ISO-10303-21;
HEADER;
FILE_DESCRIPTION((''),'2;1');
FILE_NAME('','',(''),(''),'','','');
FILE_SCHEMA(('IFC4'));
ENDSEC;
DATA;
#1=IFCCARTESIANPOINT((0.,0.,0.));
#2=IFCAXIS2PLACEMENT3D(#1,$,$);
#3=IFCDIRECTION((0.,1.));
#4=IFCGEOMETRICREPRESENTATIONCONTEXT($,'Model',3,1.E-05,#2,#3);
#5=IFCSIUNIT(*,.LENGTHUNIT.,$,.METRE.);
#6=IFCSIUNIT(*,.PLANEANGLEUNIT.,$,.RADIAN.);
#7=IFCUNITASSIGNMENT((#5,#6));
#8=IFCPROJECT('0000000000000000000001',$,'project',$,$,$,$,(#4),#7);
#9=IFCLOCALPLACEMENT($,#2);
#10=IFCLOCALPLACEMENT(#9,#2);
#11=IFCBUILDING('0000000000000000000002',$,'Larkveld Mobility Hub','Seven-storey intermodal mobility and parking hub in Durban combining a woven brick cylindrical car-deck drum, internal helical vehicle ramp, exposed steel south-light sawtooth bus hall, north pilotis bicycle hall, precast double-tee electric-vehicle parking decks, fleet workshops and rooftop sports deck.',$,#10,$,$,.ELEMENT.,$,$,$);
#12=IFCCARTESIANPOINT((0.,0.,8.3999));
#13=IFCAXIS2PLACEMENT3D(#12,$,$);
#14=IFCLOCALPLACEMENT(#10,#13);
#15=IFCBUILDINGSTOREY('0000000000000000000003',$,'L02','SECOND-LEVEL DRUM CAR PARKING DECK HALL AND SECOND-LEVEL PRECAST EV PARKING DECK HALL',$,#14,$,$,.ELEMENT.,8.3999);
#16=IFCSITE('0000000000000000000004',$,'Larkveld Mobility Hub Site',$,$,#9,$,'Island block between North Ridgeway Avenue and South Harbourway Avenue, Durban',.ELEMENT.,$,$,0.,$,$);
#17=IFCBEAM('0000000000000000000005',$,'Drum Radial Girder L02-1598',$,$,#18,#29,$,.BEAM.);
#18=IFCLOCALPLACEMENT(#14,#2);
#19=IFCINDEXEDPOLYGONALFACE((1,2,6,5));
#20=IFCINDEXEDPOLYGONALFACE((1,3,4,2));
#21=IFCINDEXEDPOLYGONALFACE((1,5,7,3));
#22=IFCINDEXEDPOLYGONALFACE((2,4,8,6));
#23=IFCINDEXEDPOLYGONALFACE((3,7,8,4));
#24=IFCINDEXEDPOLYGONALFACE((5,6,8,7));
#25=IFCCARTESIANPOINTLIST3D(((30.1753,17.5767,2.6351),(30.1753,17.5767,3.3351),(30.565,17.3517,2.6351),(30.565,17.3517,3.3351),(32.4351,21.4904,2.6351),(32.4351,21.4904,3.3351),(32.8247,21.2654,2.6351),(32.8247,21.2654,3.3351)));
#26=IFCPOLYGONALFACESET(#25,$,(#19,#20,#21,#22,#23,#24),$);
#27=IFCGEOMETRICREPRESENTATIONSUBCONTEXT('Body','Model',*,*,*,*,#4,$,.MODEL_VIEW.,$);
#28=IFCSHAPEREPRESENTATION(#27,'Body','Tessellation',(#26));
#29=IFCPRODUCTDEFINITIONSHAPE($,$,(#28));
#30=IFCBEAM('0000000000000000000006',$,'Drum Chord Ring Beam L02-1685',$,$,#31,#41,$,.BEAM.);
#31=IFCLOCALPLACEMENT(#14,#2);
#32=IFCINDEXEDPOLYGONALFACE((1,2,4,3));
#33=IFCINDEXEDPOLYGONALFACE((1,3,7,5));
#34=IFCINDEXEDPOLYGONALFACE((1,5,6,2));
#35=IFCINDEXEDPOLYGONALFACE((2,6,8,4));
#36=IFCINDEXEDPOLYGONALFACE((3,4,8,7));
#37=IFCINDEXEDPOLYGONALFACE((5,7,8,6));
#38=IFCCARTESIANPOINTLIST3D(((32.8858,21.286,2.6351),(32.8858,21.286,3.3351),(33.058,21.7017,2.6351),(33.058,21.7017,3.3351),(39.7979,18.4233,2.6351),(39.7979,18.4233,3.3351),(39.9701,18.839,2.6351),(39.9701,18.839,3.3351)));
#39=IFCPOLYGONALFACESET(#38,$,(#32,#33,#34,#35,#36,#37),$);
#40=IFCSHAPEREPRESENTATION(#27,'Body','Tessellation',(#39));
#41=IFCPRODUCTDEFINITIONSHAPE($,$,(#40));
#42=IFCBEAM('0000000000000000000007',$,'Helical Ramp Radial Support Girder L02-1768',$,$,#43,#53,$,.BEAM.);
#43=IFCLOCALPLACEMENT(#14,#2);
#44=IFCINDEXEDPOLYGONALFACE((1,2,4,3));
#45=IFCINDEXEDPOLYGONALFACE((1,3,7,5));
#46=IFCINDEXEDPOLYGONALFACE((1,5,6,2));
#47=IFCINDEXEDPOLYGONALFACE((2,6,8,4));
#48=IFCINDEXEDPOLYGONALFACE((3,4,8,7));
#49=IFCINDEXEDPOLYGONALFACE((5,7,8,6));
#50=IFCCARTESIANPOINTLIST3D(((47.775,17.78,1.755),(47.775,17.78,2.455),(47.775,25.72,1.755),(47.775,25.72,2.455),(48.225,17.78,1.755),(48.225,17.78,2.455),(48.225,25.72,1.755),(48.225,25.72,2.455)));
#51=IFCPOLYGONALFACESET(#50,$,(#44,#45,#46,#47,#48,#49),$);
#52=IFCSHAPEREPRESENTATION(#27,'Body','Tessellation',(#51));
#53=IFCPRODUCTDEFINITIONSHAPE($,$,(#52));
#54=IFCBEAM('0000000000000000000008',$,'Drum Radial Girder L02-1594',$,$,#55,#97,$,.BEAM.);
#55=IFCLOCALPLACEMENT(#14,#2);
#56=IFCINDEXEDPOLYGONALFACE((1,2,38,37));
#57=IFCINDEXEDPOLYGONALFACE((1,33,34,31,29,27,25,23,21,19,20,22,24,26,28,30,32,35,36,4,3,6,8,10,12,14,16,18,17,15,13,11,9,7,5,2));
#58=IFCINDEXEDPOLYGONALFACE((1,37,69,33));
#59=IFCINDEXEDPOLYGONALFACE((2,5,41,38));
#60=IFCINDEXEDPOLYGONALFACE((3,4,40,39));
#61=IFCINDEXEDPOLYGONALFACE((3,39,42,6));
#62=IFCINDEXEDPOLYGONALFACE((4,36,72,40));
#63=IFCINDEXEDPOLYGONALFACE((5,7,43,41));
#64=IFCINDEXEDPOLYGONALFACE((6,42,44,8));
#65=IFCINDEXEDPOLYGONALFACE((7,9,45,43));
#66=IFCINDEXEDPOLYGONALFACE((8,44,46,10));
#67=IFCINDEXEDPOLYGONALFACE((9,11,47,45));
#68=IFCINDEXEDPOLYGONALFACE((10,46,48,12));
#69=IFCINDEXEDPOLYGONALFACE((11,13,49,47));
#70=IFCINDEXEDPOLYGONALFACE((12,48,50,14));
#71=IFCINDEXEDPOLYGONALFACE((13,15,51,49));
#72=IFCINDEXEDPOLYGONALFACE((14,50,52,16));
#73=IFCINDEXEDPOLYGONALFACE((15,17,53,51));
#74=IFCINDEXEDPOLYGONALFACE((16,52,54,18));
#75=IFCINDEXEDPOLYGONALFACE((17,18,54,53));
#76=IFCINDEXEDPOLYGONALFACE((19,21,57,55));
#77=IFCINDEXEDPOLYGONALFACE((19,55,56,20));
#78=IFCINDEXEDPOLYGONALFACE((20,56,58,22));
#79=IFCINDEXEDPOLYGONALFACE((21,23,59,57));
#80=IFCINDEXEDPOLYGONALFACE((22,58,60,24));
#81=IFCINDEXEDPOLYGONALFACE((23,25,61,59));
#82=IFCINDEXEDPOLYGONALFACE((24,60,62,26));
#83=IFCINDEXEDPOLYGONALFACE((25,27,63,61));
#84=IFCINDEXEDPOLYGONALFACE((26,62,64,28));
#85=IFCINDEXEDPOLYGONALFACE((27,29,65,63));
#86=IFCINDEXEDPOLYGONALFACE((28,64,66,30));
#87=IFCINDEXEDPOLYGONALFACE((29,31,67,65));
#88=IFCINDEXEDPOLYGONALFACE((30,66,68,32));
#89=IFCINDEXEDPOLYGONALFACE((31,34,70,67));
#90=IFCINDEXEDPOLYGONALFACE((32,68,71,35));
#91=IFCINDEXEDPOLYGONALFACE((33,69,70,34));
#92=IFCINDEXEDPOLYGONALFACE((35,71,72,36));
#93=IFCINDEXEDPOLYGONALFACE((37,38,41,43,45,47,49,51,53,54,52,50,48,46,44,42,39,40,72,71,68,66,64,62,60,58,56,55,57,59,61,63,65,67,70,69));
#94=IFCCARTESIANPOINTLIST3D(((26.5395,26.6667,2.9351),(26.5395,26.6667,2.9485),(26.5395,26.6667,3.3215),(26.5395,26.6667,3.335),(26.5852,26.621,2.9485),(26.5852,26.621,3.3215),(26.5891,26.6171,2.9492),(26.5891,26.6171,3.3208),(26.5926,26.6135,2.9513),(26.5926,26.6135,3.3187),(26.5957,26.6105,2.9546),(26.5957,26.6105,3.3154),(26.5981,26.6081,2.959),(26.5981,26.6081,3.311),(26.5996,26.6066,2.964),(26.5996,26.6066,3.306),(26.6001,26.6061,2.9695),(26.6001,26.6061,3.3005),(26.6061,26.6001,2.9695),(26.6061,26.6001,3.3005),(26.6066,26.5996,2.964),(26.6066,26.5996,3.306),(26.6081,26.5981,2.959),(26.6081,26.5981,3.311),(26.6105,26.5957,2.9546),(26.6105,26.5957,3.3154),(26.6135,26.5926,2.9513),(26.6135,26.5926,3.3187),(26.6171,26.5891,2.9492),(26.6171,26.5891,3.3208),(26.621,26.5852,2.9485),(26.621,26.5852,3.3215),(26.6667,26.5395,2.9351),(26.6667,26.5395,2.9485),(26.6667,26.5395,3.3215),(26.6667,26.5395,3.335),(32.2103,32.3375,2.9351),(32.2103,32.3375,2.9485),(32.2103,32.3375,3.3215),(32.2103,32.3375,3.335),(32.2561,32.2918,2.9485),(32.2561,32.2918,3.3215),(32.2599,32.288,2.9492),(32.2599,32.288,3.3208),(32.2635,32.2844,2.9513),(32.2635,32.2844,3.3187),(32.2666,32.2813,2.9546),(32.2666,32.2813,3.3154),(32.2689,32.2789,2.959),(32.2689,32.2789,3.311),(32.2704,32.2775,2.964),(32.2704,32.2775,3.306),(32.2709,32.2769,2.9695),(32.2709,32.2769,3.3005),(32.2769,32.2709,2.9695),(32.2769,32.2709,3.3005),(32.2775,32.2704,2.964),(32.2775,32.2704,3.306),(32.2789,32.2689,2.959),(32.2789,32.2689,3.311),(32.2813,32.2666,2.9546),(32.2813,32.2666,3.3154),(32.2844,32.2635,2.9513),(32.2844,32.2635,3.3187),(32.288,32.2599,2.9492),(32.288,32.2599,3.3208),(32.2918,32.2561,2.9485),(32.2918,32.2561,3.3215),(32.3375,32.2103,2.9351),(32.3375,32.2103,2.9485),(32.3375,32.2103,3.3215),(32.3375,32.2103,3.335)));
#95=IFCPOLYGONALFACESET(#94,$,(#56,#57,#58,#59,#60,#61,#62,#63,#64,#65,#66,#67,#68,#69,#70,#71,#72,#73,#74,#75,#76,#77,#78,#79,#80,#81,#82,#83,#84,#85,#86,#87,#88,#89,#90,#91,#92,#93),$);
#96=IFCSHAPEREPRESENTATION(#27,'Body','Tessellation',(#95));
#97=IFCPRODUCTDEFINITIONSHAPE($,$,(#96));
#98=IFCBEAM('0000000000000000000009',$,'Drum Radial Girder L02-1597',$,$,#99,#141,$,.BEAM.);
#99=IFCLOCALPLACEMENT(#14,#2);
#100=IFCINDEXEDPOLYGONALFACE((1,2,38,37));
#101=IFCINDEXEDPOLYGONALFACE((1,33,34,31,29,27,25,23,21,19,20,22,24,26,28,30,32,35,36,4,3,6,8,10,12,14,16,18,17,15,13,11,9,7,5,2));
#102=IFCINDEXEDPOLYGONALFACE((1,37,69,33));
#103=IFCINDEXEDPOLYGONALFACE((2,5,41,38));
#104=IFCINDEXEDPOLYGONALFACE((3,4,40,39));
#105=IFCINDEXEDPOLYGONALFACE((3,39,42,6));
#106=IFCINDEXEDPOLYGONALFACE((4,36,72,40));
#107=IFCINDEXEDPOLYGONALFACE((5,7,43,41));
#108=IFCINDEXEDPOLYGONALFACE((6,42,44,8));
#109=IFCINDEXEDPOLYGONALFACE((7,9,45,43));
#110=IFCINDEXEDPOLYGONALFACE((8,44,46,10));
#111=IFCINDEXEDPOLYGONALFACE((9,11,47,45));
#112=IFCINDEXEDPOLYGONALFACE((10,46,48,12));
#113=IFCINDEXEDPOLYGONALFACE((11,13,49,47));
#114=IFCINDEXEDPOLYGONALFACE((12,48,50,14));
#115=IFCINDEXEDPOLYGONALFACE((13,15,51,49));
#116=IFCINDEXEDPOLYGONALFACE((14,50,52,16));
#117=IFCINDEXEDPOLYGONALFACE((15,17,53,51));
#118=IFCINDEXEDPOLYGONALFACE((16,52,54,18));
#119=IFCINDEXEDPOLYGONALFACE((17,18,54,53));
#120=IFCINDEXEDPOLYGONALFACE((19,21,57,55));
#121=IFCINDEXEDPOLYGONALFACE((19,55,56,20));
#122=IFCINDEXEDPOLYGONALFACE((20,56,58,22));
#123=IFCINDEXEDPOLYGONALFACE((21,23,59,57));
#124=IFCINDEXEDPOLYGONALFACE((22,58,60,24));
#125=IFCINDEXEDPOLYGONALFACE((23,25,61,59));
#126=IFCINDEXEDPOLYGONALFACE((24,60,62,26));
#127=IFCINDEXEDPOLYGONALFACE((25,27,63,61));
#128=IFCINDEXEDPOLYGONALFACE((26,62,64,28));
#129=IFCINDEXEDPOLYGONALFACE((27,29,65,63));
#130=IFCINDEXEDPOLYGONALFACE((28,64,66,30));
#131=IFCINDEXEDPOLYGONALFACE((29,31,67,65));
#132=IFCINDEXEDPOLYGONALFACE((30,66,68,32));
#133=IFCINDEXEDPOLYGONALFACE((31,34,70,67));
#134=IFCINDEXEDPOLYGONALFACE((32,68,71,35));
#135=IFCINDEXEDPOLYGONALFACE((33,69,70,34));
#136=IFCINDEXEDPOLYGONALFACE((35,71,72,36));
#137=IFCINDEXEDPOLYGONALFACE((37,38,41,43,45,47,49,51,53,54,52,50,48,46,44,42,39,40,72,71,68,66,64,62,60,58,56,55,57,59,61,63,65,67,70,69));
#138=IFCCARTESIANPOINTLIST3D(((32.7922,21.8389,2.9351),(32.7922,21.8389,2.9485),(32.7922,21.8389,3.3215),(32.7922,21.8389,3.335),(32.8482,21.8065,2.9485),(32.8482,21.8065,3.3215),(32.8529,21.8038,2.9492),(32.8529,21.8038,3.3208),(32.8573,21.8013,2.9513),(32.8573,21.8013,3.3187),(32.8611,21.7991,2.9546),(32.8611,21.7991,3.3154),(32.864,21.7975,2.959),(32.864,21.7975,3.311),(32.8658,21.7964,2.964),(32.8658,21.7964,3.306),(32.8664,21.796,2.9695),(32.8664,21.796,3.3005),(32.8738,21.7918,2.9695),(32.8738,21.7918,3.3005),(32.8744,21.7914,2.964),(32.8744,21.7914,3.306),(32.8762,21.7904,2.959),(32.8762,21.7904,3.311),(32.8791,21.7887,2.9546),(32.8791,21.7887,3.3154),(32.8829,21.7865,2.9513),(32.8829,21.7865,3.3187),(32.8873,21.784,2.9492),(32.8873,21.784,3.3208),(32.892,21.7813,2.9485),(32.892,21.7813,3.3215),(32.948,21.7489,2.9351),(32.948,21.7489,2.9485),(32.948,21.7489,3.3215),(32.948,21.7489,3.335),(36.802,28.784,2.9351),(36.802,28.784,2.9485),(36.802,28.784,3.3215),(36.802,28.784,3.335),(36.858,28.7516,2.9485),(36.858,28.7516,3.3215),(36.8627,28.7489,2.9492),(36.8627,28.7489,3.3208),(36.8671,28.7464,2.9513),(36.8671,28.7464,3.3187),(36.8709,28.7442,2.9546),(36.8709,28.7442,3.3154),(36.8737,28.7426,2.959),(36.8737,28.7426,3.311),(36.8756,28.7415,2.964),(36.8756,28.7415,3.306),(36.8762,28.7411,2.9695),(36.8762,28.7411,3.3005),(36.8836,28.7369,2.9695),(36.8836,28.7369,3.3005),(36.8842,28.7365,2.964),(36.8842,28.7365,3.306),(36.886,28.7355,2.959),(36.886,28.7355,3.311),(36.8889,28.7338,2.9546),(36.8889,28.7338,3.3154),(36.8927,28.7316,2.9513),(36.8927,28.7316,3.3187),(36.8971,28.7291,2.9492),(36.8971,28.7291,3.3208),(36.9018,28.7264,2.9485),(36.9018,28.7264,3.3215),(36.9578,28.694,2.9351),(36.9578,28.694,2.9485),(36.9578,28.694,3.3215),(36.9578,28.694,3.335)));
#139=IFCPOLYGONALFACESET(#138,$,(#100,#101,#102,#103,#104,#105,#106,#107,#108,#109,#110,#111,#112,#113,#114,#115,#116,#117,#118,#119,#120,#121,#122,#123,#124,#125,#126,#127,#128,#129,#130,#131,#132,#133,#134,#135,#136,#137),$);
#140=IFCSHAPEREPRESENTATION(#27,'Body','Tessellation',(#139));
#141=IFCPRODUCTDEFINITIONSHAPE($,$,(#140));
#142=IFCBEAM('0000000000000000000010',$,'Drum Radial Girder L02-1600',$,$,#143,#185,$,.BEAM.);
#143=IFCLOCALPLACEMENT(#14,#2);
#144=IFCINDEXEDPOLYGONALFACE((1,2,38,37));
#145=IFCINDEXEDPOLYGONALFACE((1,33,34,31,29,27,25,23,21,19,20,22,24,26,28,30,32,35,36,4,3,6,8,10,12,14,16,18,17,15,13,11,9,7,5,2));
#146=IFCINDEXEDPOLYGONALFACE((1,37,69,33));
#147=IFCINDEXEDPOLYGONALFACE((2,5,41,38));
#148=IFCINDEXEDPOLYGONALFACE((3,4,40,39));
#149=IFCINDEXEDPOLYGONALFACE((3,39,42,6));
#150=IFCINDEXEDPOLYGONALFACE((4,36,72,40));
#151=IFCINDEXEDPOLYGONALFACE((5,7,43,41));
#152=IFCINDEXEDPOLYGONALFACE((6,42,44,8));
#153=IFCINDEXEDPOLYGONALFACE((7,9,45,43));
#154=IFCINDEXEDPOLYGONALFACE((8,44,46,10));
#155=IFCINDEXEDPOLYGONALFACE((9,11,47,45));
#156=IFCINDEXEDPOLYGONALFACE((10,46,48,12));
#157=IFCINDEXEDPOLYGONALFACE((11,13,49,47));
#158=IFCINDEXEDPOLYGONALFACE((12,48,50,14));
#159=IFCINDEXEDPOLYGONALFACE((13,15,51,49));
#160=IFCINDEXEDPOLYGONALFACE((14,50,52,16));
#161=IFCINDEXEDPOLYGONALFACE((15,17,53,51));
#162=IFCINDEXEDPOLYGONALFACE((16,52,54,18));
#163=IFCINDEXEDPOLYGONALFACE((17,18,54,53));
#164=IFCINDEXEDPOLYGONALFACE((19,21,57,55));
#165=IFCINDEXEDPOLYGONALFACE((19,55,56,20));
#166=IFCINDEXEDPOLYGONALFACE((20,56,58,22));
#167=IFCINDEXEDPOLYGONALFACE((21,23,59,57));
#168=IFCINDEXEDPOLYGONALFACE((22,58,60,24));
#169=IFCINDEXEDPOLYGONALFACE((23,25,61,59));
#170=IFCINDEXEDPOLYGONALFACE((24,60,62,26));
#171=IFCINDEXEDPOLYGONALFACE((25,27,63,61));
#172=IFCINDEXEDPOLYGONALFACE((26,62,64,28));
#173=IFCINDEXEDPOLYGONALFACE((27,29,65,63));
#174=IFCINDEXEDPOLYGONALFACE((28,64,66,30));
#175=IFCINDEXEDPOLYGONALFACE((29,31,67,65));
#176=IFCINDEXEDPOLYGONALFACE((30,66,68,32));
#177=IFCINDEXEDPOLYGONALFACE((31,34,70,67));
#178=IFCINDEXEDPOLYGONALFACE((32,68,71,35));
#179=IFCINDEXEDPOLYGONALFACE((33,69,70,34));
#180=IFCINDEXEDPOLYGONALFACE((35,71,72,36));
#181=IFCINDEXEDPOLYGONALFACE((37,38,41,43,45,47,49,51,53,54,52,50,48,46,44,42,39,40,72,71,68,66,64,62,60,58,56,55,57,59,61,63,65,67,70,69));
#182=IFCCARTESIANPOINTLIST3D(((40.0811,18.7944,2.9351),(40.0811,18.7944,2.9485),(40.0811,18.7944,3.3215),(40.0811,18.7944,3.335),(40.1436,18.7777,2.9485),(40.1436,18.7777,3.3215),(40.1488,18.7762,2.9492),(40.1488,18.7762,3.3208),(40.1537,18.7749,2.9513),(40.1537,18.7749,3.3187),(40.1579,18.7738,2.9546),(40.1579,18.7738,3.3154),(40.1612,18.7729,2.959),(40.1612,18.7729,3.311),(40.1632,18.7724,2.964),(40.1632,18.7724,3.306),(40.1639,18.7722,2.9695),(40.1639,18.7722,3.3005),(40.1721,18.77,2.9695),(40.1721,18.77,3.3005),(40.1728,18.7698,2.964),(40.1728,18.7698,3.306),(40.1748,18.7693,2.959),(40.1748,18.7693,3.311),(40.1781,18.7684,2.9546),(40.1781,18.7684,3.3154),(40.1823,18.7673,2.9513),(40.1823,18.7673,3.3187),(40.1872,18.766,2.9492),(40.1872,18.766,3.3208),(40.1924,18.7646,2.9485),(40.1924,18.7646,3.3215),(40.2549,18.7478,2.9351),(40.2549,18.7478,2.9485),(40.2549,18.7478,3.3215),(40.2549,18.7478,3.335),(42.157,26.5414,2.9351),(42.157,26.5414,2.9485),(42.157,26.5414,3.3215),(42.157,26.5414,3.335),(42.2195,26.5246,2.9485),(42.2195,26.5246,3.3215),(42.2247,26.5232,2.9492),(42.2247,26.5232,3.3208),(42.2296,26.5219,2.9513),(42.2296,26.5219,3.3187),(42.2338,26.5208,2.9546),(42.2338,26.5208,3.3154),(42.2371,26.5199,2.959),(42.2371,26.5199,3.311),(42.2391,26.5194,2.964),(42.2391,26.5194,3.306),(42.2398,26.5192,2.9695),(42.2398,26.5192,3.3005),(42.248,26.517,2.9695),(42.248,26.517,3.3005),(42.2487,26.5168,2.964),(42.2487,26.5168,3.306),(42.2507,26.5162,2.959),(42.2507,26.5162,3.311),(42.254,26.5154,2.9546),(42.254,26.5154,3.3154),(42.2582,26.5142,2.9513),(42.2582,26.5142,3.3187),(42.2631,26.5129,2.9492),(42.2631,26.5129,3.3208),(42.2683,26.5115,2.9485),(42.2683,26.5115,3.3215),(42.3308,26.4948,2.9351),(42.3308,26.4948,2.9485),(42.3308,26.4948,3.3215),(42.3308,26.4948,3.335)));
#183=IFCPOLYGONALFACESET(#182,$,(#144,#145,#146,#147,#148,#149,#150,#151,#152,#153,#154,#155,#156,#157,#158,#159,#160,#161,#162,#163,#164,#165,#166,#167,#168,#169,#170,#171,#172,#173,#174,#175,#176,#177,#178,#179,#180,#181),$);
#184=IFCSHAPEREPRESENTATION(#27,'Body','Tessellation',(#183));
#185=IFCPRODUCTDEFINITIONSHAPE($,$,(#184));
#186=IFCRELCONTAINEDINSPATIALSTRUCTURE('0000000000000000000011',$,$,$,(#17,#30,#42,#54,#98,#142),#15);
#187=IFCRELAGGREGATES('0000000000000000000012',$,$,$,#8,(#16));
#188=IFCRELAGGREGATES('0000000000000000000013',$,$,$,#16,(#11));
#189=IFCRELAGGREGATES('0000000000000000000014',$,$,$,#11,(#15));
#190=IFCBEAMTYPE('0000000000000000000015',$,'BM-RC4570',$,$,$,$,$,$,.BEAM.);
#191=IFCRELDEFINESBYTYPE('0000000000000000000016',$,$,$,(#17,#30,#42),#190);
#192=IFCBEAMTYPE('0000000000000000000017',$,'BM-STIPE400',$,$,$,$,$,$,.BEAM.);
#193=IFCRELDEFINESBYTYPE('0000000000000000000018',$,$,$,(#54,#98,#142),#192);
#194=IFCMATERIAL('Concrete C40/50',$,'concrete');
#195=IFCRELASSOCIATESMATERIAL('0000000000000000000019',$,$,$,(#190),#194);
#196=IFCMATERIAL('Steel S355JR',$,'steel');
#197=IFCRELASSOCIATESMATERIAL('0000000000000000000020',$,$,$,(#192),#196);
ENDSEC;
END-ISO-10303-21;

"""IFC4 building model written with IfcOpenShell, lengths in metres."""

from ifc_helpers import new_model, si_unit, direction, frame, origin, origin_2d, place, context, subcontext, project, spatial, rectangle, i_section, extrude, material, material_profile, profile_set, type_object, element, save


model = new_model("IFC4")

# Units and contexts
model_context = context("Model", 3, precision=1e-05, world=origin(), true_north=direction((0.0, 1.0)))
body_context = subcontext(model_context, "Body", "Model", "MODEL_VIEW")
ifc_project = project(units=[si_unit("LENGTHUNIT", "METRE"), si_unit("PLANEANGLEUNIT", "RADIAN")], contexts=[model_context])

# Site, building, storey
site_placement = place(None, origin())
site = spatial("IfcSite", under=ifc_project, at=site_placement, Name="Larkveld Mobility Hub Site", LongName="Island block between North Ridgeway Avenue and South Harbourway Avenue, Durban", CompositionType="ELEMENT", RefElevation=0.0)
building_placement = place(site_placement, origin())
building = spatial("IfcBuilding", under=site, at=building_placement, Name="Larkveld Mobility Hub", Description="Seven-storey intermodal mobility and parking hub in Durban combining a woven brick cylindrical car-deck drum, internal helical vehicle ramp, exposed steel south-light sawtooth bus hall, north pilotis bicycle hall, precast double-tee electric-vehicle parking decks, fleet workshops and rooftop sports deck.", CompositionType="ELEMENT")
storey_placement = place(building_placement, frame((0.0, 0.0, 8.3999)))
storey = spatial("IfcBuildingStorey", under=building, at=storey_placement, Name="L02", Description="SECOND-LEVEL DRUM CAR PARKING DECK HALL AND SECOND-LEVEL PRECAST EV PARKING DECK HALL", CompositionType="ELEMENT", Elevation=8.3999)

# Shared definitions
ifc_material_1 = material(Name="Concrete C40/50", Category="concrete")

# Beams
ifc_material_profile_1 = material_profile(ifc_material_1, rectangle(XDim=0.45, YDim=0.7, at=origin_2d()), Name="RC BM 450x700")
ifc_profile_set_1 = profile_set([ifc_material_profile_1], Name="Concrete C40/50")
beam_type_1 = type_object("IfcBeamType", Name="BM-RC4570", PredefinedType="BEAM", material=ifc_profile_set_1)
beam_1_placement = place(storey_placement, frame((32.6299, 21.3779, 2.9851), z_axis=(-0.50002, -0.866014, 0.0), x_axis=(0.866014, -0.50002, 0.0)))
element("IfcBeam", 1, at=beam_1_placement, inside=storey, type_object=beam_type_1, Name="Drum Radial Girder L02-1598", PredefinedType="BEAM", context=body_context, shape_type="SweptSolid", body=[
    extrude(rectangle(XDim=0.45, YDim=0.7, at=origin_2d()), origin(), (0.0, 0.0, 1.0), 4.5193),
])
beam_2_placement = place(storey_placement, frame((32.9719, 21.4939, 2.9851), z_axis=(0.923894, -0.38265, 0.0), x_axis=(0.38265, 0.923894, 0.0)))
element("IfcBeam", 2, at=beam_2_placement, inside=storey, type_object=beam_type_1, Name="Drum Chord Ring Beam L02-1685", PredefinedType="BEAM", context=body_context, shape_type="SweptSolid", body=[
    extrude(rectangle(XDim=0.45, YDim=0.7, at=origin_2d()), origin(), (0.0, 0.0, 1.0), 7.4814),
])
beam_3_placement = place(storey_placement, frame((48.0, 25.72, 2.105), z_axis=(0.0, -1.0, 0.0), x_axis=(1.0, 0.0, 0.0)))
element("IfcBeam", 3, at=beam_3_placement, inside=storey, type_object=beam_type_1, Name="Helical Ramp Radial Support Girder L02-1768", PredefinedType="BEAM", context=body_context, shape_type="SweptSolid", body=[
    extrude(rectangle(XDim=0.45, YDim=0.7, at=origin_2d()), origin(), (0.0, 0.0, 1.0), 7.9399),
])
ifc_material_2 = material(Name="Steel S355JR", Category="steel")
ifc_material_profile_2 = material_profile(ifc_material_2, i_section(OverallWidth=0.1799, OverallDepth=0.3999, WebThickness=0.0085, FlangeThickness=0.0134, FilletRadius=0.021, at=origin_2d()), Name="IPE 400")
ifc_profile_set_2 = profile_set([ifc_material_profile_2], Name="Steel S355JR")
beam_type_2 = type_object("IfcBeamType", Name="BM-STIPE400", PredefinedType="BEAM", material=ifc_profile_set_2)
beam_4_placement = place(storey_placement, frame((32.2739, 32.2739, 3.135), z_axis=(-0.707107, -0.707107, 0.0), x_axis=(0.707107, -0.707107, 0.0)))
element("IfcBeam", 4, at=beam_4_placement, inside=storey, type_object=beam_type_2, Name="Drum Radial Girder L02-1594", PredefinedType="BEAM", context=body_context, shape_type="SweptSolid", body=[
    extrude(i_section(OverallWidth=0.1799, OverallDepth=0.3999, WebThickness=0.0085, FlangeThickness=0.0134, FilletRadius=0.021, at=origin_2d()), origin(), (0.0, 0.0, 1.0), 8.0198),
])
beam_5_placement = place(storey_placement, frame((36.8799, 28.739, 3.135), z_axis=(-0.500003, -0.866024, 0.0), x_axis=(0.866024, -0.500003, 0.0)))
element("IfcBeam", 5, at=beam_5_placement, inside=storey, type_object=beam_type_2, Name="Drum Radial Girder L02-1597", PredefinedType="BEAM", context=body_context, shape_type="SweptSolid", body=[
    extrude(i_section(OverallWidth=0.1799, OverallDepth=0.3999, WebThickness=0.0085, FlangeThickness=0.0134, FilletRadius=0.021, at=origin_2d()), origin(), (0.0, 0.0, 1.0), 8.0195),
])
beam_6_placement = place(storey_placement, frame((42.2439, 26.5181, 3.135), z_axis=(-0.258831, -0.965923, 0.0), x_axis=(0.965923, -0.258831, 0.0)))
element("IfcBeam", 6, at=beam_6_placement, inside=storey, type_object=beam_type_2, Name="Drum Radial Girder L02-1600", PredefinedType="BEAM", context=body_context, shape_type="SweptSolid", body=[
    extrude(i_section(OverallWidth=0.1799, OverallDepth=0.3999, WebThickness=0.0085, FlangeThickness=0.0134, FilletRadius=0.021, at=origin_2d()), origin(), (0.0, 0.0, 1.0), 8.0203),
])

save(model, "model.ifc")
